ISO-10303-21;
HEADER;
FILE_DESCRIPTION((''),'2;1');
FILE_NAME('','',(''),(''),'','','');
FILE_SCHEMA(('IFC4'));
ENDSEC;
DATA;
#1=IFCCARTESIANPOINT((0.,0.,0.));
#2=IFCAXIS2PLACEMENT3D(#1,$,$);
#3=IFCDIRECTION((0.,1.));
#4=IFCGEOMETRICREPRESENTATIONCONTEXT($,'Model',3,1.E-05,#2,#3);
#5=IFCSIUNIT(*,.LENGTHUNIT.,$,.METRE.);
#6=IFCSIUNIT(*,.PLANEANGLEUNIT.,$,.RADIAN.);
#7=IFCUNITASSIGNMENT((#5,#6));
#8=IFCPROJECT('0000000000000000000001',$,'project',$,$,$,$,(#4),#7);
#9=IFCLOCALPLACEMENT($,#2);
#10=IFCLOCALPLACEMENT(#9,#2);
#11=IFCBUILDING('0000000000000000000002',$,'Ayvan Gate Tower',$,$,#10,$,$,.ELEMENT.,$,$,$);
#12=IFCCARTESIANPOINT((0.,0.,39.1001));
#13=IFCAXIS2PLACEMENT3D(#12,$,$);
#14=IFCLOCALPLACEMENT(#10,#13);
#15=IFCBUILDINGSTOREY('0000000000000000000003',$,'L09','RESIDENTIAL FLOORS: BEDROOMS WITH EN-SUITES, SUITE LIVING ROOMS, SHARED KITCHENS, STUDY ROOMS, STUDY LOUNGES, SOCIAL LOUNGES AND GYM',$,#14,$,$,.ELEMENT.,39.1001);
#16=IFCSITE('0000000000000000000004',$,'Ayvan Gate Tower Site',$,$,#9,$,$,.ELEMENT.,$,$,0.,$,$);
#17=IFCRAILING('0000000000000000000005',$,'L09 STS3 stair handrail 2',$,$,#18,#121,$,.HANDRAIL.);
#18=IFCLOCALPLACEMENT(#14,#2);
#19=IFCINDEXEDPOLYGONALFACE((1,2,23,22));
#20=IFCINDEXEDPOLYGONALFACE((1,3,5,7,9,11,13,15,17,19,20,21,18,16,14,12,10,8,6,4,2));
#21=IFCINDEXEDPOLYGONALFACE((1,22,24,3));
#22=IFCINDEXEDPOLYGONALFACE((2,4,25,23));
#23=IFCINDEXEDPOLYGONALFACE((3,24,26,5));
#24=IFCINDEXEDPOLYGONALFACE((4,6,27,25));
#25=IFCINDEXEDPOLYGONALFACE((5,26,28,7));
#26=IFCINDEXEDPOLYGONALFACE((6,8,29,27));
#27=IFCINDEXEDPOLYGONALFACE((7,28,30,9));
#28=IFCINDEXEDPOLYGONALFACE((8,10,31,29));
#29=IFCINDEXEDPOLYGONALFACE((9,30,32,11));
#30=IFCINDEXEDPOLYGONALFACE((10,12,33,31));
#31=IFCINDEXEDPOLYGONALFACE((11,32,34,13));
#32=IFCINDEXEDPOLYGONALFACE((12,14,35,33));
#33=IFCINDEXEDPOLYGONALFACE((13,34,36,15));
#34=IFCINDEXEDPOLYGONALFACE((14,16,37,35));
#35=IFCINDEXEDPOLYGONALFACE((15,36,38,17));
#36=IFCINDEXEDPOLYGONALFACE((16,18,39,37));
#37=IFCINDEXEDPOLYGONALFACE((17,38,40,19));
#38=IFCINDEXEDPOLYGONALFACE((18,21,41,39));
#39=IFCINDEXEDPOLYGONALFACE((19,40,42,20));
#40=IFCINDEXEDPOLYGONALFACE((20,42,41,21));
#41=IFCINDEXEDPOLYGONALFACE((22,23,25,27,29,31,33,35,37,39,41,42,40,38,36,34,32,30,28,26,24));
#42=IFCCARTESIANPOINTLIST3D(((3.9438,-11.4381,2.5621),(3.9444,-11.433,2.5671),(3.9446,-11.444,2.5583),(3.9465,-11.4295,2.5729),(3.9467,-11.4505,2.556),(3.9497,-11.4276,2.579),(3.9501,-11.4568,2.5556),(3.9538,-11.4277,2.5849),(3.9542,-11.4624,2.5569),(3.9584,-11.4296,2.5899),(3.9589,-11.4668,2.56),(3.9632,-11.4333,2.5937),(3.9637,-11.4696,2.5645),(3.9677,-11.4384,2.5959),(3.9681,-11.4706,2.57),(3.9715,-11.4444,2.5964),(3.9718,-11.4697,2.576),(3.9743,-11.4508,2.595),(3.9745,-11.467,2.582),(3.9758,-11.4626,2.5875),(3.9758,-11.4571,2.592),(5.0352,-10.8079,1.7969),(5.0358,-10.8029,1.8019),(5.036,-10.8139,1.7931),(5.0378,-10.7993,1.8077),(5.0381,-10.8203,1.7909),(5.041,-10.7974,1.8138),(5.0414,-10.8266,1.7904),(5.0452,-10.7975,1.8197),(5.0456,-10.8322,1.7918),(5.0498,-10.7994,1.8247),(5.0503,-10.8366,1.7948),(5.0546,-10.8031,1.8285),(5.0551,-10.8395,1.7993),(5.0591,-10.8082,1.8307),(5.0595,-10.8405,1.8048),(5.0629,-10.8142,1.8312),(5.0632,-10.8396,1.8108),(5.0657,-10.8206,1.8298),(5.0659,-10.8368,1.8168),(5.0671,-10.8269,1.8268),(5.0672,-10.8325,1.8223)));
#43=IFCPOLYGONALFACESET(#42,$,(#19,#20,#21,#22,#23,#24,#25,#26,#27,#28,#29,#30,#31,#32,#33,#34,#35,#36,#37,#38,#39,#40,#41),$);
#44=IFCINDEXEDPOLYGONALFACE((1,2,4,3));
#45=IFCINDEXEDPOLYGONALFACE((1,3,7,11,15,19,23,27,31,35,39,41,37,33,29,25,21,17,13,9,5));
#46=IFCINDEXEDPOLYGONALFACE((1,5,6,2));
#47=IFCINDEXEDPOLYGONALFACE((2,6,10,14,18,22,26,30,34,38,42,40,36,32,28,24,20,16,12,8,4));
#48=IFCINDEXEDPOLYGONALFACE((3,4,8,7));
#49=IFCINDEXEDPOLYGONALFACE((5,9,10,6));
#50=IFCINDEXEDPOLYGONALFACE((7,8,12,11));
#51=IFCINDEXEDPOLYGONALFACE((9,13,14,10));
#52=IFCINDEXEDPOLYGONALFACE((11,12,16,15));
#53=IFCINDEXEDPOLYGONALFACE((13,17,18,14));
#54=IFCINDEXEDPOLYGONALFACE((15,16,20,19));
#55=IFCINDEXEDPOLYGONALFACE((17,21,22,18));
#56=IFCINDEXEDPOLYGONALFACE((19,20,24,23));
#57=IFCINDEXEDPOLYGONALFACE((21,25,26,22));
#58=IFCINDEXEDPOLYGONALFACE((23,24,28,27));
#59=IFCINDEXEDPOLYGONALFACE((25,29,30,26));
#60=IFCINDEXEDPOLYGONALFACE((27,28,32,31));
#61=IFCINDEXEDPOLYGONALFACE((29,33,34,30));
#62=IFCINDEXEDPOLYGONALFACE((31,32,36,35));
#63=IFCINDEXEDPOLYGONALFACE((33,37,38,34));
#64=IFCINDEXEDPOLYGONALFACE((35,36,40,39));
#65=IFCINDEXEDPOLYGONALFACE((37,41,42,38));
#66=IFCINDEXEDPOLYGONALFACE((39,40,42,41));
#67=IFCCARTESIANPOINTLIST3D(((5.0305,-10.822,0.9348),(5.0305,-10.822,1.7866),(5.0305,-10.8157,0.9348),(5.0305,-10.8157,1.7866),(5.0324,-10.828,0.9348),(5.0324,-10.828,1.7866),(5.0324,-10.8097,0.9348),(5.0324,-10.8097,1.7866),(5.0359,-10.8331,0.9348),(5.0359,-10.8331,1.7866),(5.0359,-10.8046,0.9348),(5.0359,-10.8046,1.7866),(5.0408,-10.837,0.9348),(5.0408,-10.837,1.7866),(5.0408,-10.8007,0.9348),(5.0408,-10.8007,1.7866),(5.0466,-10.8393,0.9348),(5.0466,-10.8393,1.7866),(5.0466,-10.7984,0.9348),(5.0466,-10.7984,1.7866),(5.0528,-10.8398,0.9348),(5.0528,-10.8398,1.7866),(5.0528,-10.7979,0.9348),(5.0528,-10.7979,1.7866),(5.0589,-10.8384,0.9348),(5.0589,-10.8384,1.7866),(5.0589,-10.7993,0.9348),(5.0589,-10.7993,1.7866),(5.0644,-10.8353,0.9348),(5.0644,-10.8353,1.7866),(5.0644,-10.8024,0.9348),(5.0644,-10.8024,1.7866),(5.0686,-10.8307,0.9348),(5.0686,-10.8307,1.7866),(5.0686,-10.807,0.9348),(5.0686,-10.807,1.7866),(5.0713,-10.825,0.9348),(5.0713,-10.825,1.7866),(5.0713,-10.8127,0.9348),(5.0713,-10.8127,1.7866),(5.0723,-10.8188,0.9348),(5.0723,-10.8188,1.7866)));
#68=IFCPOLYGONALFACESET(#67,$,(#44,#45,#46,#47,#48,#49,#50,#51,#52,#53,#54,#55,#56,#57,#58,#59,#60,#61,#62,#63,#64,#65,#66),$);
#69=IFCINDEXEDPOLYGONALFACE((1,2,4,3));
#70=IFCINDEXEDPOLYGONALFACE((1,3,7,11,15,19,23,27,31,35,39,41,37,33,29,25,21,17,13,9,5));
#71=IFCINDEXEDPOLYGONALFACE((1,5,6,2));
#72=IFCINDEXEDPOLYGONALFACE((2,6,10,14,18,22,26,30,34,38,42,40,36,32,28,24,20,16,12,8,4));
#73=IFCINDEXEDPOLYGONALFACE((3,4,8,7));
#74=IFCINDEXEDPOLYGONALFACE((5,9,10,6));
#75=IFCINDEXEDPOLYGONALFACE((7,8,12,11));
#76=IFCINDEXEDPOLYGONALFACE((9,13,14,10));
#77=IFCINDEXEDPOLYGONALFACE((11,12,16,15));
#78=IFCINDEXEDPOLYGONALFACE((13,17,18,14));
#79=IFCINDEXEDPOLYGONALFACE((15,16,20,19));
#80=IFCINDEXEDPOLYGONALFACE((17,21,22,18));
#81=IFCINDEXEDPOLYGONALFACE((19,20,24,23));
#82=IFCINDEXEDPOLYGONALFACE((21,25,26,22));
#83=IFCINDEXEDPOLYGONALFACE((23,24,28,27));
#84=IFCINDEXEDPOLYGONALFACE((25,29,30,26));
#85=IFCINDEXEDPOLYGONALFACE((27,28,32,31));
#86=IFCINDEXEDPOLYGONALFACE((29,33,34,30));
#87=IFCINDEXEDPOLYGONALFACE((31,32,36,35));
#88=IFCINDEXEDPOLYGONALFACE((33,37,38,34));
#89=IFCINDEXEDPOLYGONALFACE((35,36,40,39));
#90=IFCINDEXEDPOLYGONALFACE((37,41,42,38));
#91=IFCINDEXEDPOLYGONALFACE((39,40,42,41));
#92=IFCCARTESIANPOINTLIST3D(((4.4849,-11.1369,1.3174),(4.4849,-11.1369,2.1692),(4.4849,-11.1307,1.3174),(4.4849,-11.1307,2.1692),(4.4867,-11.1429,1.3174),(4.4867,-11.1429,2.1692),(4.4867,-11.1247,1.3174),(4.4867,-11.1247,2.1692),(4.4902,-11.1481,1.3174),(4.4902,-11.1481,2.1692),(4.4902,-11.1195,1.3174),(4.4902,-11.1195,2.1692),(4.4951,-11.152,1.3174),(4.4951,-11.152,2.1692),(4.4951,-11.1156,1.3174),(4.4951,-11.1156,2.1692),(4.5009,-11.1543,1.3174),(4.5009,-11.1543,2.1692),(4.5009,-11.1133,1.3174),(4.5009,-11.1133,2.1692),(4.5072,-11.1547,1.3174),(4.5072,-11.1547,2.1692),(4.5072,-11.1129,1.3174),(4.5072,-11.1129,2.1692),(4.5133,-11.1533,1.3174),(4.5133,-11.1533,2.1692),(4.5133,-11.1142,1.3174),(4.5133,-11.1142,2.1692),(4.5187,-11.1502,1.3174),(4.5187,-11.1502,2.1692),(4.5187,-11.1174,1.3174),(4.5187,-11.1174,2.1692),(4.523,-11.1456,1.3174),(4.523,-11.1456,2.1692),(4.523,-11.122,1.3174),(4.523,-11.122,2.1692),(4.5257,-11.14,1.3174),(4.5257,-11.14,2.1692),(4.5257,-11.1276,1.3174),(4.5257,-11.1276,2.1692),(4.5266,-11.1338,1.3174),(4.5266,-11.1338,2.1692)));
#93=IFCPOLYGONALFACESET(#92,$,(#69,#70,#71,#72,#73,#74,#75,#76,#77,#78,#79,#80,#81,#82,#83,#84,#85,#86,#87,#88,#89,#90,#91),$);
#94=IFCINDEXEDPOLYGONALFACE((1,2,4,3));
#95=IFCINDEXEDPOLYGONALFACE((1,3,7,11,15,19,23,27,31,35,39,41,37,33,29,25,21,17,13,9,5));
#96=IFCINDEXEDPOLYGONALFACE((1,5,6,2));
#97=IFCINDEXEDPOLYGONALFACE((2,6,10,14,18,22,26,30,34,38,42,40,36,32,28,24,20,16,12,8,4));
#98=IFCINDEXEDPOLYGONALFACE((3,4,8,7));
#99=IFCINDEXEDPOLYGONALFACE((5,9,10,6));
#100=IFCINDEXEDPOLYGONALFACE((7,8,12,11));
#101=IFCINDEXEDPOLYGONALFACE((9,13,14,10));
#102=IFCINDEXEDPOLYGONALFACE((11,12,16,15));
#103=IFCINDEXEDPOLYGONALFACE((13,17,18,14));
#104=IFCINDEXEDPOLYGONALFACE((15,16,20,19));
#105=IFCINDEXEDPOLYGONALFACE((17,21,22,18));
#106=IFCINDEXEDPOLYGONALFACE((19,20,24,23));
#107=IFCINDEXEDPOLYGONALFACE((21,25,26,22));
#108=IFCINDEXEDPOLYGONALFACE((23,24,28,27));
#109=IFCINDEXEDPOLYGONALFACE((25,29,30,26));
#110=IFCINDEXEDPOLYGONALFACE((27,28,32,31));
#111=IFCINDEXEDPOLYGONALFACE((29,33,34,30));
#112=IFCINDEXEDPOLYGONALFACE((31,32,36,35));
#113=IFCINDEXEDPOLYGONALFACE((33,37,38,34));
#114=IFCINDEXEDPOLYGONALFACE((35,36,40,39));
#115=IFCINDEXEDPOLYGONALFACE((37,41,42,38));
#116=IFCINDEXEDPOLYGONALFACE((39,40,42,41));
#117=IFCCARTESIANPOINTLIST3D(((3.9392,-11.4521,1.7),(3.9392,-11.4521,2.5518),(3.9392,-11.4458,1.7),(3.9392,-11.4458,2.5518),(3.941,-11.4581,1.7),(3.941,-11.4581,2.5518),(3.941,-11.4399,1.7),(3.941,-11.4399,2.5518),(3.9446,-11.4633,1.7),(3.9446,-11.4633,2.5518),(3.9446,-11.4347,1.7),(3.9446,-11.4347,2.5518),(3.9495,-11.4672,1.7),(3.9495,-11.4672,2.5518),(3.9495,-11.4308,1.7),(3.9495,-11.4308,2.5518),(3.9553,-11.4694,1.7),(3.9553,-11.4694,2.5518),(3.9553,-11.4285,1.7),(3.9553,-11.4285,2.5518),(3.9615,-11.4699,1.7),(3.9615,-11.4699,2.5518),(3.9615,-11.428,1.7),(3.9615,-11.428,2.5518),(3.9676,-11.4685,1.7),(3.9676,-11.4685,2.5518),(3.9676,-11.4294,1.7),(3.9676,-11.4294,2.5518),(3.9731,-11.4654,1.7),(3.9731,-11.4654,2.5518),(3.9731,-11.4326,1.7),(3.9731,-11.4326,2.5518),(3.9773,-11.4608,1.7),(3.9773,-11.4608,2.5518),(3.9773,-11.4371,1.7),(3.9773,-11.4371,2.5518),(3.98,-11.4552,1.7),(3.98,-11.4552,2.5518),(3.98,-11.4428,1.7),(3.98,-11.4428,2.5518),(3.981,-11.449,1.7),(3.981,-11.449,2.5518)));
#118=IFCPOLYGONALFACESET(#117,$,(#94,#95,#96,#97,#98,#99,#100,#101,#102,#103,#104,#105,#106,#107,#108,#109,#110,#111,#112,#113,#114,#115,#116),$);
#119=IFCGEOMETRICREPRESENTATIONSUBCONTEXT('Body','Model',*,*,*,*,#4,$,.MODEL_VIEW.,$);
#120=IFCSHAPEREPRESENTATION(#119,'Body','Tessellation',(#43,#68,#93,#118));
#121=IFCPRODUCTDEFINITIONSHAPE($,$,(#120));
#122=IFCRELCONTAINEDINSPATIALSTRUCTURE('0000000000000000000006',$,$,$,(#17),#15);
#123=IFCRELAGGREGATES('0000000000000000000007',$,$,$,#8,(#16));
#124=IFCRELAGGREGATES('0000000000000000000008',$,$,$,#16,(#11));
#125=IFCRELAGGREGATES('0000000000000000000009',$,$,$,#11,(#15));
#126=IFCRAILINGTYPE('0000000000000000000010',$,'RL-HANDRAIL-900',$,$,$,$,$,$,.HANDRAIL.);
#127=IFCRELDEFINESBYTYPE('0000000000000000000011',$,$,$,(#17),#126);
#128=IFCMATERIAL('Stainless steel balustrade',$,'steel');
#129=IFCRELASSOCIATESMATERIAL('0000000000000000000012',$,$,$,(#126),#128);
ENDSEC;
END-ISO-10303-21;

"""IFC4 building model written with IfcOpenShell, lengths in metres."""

from ifc_helpers import new_model, si_unit, direction, frame, origin, origin_2d, place, context, subcontext, project, spatial, circle, extrude, material, type_object, element, save


model = new_model("IFC4")

# Units and contexts
model_context = context("Model", 3, precision=1e-05, world=origin(), true_north=direction((0.0, 1.0)))
body_context = subcontext(model_context, "Body", "Model", "MODEL_VIEW")
ifc_project = project(units=[si_unit("LENGTHUNIT", "METRE"), si_unit("PLANEANGLEUNIT", "RADIAN")], contexts=[model_context])

# Site, building, storey
site_placement = place(None, origin())
site = spatial("IfcSite", under=ifc_project, at=site_placement, Name="Ayvan Gate Tower Site", CompositionType="ELEMENT", RefElevation=0.0)
building_placement = place(site_placement, origin())
building = spatial("IfcBuilding", under=site, at=building_placement, Name="Ayvan Gate Tower", CompositionType="ELEMENT")
storey_placement = place(building_placement, frame((0.0, 0.0, 39.1001)))
storey = spatial("IfcBuildingStorey", under=building, at=storey_placement, Name="L09", Description="RESIDENTIAL FLOORS: BEDROOMS WITH EN-SUITES, SUITE LIVING ROOMS, SHARED KITCHENS, STUDY ROOMS, STUDY LOUNGES, SOCIAL LOUNGES AND GYM", CompositionType="ELEMENT", Elevation=39.1001)

# Railing
ifc_material_1 = material(Name="Stainless steel balustrade", Category="steel")
railing_type_1 = type_object("IfcRailingType", Name="RL-HANDRAIL-900", PredefinedType="HANDRAIL", material=ifc_material_1)
railing_1_placement = place(storey_placement, frame((5.0513, -10.8188, 0.9348)))
element("IfcRailing", 1, at=railing_1_placement, inside=storey, type_object=railing_type_1, Name="L09 STS3 stair handrail 2", PredefinedType="HANDRAIL", context=body_context, shape_type="SweptSolid", body=[
    extrude(circle(Radius=0.0239, at=origin_2d()), frame((0.0, 0.0, 0.876), z_axis=(-0.740241, -0.427419, 0.518996), x_axis=(0.500035, -0.866005, 0.0)), (0.0, 0.0, 1.0), 1.4744),
    extrude(circle(Radius=0.021, at=origin_2d()), origin(), (0.0, 0.0, 1.0), 0.8518),
    extrude(circle(Radius=0.021, at=origin_2d()), frame((-0.5457, -0.3149, 0.3826)), (0.0, 0.0, 1.0), 0.8518),
    extrude(circle(Radius=0.021, at=origin_2d()), frame((-1.0913, -0.6301, 0.7651)), (0.0, 0.0, 1.0), 0.8518),
])

save(model, "model.ifc")
